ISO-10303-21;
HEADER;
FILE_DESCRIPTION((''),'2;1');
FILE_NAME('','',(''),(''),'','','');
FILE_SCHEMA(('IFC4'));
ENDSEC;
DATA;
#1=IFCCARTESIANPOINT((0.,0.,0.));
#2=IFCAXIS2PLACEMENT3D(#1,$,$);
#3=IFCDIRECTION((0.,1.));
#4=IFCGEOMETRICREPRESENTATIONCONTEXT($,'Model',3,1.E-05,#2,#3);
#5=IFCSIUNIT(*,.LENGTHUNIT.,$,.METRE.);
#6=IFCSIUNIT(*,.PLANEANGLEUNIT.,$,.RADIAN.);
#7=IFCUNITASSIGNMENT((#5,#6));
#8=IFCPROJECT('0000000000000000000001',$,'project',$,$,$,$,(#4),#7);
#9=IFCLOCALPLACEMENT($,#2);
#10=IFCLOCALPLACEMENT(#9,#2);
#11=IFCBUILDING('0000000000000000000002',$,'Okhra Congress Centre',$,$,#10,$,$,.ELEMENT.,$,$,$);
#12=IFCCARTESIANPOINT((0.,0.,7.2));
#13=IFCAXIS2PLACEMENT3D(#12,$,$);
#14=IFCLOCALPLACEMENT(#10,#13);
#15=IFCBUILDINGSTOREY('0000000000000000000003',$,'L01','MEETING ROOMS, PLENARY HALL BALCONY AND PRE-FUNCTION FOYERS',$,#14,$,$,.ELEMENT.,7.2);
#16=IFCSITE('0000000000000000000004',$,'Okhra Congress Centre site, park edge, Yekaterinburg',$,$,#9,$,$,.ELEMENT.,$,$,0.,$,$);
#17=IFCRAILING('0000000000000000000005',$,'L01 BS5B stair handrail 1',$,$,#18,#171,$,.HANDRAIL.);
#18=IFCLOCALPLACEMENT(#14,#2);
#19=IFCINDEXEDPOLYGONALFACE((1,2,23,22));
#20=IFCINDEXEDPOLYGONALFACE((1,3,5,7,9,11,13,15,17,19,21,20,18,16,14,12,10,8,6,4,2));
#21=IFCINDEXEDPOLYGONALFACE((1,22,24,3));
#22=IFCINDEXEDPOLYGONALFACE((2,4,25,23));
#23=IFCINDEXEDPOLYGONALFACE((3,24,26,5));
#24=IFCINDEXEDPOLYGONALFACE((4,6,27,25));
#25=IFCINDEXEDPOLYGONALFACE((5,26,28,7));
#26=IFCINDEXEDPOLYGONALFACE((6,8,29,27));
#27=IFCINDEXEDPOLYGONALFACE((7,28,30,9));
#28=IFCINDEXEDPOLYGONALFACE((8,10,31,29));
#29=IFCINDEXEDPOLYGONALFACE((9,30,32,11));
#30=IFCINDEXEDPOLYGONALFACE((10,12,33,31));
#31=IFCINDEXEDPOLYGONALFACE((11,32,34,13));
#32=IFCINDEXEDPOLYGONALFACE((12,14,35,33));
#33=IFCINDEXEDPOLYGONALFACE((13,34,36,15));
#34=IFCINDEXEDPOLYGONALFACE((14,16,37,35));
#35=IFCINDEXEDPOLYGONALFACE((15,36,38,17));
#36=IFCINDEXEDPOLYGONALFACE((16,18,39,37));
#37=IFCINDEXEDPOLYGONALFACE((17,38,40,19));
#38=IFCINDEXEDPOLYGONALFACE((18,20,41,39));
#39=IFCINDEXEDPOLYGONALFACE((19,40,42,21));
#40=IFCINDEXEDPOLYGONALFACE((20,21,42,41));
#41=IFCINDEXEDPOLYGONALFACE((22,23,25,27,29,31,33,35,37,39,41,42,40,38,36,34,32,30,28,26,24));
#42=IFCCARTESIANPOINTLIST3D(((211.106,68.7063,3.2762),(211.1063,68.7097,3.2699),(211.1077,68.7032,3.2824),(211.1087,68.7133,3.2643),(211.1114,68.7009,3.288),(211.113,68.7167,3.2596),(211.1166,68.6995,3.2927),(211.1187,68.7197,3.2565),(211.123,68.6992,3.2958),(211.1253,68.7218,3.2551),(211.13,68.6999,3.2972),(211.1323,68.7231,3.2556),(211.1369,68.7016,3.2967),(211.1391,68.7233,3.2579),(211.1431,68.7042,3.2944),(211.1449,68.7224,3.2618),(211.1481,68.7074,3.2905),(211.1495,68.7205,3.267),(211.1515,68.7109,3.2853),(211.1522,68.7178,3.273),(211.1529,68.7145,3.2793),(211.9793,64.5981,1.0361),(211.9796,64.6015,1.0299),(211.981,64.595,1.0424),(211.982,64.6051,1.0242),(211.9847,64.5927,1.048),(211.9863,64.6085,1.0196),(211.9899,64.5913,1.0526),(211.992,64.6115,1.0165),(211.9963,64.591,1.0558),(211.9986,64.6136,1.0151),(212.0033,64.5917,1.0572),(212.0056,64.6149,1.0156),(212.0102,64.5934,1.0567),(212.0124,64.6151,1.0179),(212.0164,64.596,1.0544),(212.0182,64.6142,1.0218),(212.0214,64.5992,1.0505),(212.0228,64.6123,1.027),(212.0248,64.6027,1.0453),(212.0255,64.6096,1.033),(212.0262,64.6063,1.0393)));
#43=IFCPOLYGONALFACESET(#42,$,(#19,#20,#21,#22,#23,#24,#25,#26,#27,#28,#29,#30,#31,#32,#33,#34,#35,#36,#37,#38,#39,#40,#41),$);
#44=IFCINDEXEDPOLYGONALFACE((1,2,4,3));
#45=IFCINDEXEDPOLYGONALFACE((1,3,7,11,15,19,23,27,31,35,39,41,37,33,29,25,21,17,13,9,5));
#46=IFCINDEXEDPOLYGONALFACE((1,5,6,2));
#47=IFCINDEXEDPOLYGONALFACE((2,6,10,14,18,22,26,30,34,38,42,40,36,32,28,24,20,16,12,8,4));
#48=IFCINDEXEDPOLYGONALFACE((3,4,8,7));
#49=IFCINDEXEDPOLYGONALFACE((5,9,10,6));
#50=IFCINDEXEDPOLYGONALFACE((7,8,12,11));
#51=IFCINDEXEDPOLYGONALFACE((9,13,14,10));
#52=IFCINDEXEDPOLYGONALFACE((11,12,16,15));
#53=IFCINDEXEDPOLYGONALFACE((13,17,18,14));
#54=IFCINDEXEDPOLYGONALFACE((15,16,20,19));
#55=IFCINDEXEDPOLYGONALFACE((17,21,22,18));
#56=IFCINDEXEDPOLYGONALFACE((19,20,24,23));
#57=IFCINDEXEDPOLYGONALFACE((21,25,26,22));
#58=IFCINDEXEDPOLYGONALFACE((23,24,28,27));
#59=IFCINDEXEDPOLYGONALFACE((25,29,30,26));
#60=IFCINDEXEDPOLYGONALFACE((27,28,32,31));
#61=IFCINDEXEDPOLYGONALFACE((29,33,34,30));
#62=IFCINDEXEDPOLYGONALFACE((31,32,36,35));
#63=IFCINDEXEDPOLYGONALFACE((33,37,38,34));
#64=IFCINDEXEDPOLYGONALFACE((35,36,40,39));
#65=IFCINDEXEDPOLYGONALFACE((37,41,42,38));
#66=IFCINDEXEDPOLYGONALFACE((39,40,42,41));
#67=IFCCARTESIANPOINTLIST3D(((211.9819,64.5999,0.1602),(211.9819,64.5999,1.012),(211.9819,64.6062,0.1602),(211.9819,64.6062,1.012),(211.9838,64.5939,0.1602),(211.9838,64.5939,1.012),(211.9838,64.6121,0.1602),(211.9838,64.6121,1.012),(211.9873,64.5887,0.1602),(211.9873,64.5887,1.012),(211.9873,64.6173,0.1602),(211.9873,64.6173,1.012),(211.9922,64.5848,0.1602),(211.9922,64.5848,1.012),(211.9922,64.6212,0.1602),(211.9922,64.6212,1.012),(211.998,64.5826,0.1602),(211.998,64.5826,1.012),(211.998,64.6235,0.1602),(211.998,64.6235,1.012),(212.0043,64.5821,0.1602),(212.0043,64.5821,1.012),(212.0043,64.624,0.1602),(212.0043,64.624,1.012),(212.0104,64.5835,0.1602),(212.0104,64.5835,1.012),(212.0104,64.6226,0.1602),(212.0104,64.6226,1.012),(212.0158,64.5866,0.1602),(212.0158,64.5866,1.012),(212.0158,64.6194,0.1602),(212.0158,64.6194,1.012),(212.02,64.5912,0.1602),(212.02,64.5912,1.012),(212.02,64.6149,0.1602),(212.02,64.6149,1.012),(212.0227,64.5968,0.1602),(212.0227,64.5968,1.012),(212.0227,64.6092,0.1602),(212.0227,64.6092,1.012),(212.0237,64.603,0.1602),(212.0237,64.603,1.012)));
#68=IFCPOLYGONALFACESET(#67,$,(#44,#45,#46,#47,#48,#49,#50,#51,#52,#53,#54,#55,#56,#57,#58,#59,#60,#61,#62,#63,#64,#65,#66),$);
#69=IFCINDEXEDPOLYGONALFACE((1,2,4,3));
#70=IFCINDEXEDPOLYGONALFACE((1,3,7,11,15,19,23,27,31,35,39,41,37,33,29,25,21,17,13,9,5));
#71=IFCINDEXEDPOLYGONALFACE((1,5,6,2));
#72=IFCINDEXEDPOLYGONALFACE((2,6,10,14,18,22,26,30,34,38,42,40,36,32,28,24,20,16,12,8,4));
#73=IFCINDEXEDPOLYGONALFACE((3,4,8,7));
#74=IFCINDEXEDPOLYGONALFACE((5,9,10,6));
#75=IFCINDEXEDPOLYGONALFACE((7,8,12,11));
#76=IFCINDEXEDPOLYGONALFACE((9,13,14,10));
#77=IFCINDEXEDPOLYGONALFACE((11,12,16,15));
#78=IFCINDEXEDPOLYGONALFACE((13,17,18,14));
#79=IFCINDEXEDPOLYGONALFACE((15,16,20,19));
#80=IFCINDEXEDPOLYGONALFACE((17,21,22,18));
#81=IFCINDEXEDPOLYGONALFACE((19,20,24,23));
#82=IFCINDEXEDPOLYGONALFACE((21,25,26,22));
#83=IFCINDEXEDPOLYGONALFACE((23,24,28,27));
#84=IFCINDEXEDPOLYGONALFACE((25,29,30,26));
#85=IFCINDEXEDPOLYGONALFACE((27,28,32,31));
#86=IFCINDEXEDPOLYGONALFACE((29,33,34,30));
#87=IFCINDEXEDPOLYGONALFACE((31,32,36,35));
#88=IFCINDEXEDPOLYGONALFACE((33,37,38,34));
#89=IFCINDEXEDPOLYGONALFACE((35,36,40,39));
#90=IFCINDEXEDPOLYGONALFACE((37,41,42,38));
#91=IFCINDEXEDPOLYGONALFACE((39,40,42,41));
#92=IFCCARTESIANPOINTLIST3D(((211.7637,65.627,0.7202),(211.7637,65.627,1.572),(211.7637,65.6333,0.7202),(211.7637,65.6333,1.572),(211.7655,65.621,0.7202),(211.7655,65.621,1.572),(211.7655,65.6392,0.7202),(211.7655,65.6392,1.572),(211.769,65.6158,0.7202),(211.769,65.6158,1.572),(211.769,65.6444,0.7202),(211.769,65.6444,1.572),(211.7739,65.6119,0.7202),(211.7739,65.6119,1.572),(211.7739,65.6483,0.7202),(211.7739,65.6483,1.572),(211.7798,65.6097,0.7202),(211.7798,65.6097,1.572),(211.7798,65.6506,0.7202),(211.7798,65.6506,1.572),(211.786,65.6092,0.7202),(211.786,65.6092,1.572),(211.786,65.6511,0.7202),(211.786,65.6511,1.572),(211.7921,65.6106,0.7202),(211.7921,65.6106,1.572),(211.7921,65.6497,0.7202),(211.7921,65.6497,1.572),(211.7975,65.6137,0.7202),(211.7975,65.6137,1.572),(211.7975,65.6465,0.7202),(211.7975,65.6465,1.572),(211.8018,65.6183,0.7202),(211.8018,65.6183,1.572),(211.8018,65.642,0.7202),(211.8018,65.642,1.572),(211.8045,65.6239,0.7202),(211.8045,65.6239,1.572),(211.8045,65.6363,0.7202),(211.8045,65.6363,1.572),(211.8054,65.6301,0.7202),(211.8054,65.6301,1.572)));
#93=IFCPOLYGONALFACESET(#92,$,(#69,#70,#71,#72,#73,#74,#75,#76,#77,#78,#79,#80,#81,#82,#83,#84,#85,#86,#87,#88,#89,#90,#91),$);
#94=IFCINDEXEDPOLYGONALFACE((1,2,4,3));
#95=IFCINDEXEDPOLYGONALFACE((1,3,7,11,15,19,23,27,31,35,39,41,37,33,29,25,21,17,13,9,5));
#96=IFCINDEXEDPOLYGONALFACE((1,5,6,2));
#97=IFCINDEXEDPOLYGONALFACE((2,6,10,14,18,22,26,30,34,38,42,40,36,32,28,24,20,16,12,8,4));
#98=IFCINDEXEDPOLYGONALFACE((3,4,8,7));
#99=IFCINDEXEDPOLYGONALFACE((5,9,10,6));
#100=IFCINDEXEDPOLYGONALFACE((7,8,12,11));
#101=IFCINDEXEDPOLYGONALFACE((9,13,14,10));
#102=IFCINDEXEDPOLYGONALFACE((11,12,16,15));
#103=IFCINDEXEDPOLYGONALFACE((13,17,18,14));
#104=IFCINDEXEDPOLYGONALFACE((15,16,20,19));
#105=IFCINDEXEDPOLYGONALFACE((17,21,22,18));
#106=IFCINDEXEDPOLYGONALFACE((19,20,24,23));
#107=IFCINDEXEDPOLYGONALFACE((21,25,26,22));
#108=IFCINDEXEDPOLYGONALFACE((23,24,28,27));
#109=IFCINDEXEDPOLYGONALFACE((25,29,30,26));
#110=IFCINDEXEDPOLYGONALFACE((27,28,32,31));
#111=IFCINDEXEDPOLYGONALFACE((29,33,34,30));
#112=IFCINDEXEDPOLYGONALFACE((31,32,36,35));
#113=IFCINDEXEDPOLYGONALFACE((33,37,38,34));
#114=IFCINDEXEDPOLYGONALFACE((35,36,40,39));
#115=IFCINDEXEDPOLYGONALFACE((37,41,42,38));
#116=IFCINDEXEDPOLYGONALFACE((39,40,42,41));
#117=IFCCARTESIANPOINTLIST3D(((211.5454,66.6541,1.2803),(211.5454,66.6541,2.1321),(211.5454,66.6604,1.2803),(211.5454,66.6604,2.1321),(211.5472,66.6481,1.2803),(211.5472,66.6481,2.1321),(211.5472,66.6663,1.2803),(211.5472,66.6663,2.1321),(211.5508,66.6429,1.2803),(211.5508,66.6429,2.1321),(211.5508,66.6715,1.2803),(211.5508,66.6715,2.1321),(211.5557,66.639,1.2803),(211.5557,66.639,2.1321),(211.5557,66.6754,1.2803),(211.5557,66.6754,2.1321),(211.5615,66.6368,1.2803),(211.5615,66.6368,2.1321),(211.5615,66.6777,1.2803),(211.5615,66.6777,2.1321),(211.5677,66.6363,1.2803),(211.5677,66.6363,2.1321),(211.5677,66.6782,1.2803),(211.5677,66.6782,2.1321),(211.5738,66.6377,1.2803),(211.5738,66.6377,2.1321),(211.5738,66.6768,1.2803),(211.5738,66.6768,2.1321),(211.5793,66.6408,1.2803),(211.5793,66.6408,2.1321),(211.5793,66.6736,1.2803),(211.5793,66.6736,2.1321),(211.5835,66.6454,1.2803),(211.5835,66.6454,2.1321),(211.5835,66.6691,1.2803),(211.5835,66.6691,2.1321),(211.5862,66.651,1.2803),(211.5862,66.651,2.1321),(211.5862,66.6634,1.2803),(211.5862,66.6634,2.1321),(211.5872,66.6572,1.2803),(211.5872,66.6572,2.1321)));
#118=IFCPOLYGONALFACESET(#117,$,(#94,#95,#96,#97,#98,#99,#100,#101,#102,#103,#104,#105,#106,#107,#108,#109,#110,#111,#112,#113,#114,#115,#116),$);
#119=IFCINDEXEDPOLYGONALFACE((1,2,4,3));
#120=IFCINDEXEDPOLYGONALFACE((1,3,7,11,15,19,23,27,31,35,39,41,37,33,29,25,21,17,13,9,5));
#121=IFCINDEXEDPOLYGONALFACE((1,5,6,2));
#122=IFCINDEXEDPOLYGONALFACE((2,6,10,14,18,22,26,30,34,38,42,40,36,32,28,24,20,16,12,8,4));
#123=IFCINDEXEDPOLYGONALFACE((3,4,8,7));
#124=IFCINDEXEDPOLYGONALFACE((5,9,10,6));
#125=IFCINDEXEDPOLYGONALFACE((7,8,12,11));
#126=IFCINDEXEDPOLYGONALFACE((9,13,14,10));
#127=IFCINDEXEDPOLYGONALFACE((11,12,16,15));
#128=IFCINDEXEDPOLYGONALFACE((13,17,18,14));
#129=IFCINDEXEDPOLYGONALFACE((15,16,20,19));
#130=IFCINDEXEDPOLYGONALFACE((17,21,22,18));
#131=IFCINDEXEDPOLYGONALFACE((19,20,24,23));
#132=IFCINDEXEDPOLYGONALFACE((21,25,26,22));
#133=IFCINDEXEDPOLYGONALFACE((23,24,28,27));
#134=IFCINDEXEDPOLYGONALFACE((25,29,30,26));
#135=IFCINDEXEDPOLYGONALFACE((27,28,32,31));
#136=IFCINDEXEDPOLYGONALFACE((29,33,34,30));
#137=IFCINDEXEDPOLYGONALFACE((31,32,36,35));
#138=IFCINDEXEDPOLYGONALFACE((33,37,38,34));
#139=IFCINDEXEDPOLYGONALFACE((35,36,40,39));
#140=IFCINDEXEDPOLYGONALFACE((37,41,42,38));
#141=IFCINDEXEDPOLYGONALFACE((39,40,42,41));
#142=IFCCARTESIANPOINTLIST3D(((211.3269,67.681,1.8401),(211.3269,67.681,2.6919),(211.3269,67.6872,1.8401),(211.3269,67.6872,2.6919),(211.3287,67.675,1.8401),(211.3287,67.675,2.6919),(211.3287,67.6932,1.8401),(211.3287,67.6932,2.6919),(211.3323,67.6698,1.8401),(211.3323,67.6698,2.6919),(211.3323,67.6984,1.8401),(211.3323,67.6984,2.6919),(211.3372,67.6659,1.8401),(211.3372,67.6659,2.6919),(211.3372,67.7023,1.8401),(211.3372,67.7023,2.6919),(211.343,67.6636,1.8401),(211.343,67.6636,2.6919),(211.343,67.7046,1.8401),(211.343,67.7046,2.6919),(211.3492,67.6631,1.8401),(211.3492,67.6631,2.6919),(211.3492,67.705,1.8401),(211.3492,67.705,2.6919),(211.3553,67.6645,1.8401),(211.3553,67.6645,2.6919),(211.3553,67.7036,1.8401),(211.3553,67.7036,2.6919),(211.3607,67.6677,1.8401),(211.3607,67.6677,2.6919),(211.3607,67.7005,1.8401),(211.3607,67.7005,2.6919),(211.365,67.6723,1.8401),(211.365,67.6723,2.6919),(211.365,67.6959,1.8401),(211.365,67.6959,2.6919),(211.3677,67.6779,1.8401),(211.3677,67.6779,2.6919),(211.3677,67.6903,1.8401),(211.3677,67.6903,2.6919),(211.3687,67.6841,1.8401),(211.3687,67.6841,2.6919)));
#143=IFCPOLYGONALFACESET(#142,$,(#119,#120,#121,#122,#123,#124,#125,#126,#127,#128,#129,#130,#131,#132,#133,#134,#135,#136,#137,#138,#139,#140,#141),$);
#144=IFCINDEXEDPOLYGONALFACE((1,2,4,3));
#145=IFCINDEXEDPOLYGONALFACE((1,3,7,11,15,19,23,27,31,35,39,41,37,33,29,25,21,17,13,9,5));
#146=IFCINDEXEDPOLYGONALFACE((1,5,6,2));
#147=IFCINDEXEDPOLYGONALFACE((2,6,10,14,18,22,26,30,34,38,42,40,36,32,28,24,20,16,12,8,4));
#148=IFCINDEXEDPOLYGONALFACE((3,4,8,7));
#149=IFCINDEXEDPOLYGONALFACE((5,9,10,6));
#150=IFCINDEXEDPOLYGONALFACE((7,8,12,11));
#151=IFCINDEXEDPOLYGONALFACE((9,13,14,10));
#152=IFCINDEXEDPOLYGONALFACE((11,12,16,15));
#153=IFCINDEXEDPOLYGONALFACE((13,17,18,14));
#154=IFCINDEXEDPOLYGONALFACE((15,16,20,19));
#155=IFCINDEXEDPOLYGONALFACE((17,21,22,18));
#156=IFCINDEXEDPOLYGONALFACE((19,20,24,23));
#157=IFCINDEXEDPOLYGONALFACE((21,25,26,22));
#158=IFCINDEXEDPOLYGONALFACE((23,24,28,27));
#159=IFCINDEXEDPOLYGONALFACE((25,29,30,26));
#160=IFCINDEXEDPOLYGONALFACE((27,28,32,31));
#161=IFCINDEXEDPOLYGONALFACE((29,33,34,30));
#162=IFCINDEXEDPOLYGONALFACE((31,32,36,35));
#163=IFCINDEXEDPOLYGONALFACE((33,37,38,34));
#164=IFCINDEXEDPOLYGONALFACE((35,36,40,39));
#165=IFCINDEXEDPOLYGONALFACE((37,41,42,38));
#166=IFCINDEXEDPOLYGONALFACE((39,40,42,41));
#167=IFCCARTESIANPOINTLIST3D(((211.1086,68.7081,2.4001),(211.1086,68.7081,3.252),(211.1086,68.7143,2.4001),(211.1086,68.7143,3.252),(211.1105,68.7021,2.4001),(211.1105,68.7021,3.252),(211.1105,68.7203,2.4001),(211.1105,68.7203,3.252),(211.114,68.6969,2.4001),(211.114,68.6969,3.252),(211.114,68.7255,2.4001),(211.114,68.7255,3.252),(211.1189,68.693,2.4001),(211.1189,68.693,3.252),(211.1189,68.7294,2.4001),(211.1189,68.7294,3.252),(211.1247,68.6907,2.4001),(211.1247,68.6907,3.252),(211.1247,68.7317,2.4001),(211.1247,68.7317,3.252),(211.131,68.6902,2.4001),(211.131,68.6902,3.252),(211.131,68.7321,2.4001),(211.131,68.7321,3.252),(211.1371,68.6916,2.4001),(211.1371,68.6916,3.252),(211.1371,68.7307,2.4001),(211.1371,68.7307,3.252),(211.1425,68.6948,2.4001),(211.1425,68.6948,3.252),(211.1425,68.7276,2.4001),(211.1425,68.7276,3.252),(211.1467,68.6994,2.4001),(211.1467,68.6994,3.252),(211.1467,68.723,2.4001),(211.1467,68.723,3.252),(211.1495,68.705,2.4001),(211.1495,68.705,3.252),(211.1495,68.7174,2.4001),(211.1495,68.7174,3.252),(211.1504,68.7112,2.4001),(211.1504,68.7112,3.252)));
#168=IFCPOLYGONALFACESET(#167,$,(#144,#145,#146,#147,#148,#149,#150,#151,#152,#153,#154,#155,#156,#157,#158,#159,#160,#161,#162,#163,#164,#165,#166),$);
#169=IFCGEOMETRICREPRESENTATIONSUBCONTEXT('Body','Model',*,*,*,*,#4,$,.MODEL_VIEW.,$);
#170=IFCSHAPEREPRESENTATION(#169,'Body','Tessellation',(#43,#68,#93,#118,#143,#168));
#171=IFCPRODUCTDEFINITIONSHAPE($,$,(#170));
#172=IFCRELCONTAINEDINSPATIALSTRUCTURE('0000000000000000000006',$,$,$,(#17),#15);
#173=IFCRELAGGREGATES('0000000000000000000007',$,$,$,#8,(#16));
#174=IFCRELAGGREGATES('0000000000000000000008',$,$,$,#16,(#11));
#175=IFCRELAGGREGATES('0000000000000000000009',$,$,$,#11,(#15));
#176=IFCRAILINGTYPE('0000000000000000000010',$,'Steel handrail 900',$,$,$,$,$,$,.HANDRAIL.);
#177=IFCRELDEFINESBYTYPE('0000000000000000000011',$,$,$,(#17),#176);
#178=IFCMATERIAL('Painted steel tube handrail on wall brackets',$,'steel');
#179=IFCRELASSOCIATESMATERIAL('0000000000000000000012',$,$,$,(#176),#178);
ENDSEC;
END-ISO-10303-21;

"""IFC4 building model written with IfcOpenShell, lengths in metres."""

from ifc_helpers import new_model, si_unit, direction, frame, origin, origin_2d, place, context, subcontext, project, spatial, circle, extrude, material, type_object, element, save


model = new_model("IFC4")

# Units and contexts
model_context = context("Model", 3, precision=1e-05, world=origin(), true_north=direction((0.0, 1.0)))
body_context = subcontext(model_context, "Body", "Model", "MODEL_VIEW")
ifc_project = project(units=[si_unit("LENGTHUNIT", "METRE"), si_unit("PLANEANGLEUNIT", "RADIAN")], contexts=[model_context])

# Site, building, storey
site_placement = place(None, origin())
site = spatial("IfcSite", under=ifc_project, at=site_placement, Name="Okhra Congress Centre site, park edge, Yekaterinburg", CompositionType="ELEMENT", RefElevation=0.0)
building_placement = place(site_placement, origin())
building = spatial("IfcBuilding", under=site, at=building_placement, Name="Okhra Congress Centre", CompositionType="ELEMENT")
storey_placement = place(building_placement, frame((0.0, 0.0, 7.2)))
storey = spatial("IfcBuildingStorey", under=building, at=storey_placement, Name="L01", Description="MEETING ROOMS, PLENARY HALL BALCONY AND PRE-FUNCTION FOYERS", CompositionType="ELEMENT", Elevation=7.2)

# Railing
ifc_material_1 = material(Name="Painted steel tube handrail on wall brackets", Category="steel")
railing_type_1 = type_object("IfcRailingType", Name="Steel handrail 900", PredefinedType="HANDRAIL", material=ifc_material_1)
railing_1_placement = place(storey_placement, frame((212.0027, 64.603, 0.1602)))
element("IfcRailing", 1, at=railing_1_placement, inside=storey, type_object=railing_type_1, Name="L01 BS5B stair handrail 1", PredefinedType="HANDRAIL", context=body_context, shape_type="SweptSolid", body=[
    extrude(circle(Radius=0.0239, at=origin_2d()), frame((0.0, 0.0, 0.876), z_axis=(-0.183466, 0.863067, 0.470591), x_axis=(-0.978144, -0.207929, 0.0)), (0.0, 0.0, 1.0), 4.76),
    extrude(circle(Radius=0.021, at=origin_2d()), origin(), (0.0, 0.0, 1.0), 0.8518),
    extrude(circle(Radius=0.021, at=origin_2d()), frame((-0.2183, 1.0271, 0.5601)), (0.0, 0.0, 1.0), 0.8518),
    extrude(circle(Radius=0.021, at=origin_2d()), frame((-0.4365, 2.0542, 1.1201)), (0.0, 0.0, 1.0), 0.8518),
    extrude(circle(Radius=0.021, at=origin_2d()), frame((-0.655, 3.0811, 1.6799)), (0.0, 0.0, 1.0), 0.8518),
    extrude(circle(Radius=0.021, at=origin_2d()), frame((-0.8733, 4.1082, 2.24)), (0.0, 0.0, 1.0), 0.8518),
])

save(model, "model.ifc")
